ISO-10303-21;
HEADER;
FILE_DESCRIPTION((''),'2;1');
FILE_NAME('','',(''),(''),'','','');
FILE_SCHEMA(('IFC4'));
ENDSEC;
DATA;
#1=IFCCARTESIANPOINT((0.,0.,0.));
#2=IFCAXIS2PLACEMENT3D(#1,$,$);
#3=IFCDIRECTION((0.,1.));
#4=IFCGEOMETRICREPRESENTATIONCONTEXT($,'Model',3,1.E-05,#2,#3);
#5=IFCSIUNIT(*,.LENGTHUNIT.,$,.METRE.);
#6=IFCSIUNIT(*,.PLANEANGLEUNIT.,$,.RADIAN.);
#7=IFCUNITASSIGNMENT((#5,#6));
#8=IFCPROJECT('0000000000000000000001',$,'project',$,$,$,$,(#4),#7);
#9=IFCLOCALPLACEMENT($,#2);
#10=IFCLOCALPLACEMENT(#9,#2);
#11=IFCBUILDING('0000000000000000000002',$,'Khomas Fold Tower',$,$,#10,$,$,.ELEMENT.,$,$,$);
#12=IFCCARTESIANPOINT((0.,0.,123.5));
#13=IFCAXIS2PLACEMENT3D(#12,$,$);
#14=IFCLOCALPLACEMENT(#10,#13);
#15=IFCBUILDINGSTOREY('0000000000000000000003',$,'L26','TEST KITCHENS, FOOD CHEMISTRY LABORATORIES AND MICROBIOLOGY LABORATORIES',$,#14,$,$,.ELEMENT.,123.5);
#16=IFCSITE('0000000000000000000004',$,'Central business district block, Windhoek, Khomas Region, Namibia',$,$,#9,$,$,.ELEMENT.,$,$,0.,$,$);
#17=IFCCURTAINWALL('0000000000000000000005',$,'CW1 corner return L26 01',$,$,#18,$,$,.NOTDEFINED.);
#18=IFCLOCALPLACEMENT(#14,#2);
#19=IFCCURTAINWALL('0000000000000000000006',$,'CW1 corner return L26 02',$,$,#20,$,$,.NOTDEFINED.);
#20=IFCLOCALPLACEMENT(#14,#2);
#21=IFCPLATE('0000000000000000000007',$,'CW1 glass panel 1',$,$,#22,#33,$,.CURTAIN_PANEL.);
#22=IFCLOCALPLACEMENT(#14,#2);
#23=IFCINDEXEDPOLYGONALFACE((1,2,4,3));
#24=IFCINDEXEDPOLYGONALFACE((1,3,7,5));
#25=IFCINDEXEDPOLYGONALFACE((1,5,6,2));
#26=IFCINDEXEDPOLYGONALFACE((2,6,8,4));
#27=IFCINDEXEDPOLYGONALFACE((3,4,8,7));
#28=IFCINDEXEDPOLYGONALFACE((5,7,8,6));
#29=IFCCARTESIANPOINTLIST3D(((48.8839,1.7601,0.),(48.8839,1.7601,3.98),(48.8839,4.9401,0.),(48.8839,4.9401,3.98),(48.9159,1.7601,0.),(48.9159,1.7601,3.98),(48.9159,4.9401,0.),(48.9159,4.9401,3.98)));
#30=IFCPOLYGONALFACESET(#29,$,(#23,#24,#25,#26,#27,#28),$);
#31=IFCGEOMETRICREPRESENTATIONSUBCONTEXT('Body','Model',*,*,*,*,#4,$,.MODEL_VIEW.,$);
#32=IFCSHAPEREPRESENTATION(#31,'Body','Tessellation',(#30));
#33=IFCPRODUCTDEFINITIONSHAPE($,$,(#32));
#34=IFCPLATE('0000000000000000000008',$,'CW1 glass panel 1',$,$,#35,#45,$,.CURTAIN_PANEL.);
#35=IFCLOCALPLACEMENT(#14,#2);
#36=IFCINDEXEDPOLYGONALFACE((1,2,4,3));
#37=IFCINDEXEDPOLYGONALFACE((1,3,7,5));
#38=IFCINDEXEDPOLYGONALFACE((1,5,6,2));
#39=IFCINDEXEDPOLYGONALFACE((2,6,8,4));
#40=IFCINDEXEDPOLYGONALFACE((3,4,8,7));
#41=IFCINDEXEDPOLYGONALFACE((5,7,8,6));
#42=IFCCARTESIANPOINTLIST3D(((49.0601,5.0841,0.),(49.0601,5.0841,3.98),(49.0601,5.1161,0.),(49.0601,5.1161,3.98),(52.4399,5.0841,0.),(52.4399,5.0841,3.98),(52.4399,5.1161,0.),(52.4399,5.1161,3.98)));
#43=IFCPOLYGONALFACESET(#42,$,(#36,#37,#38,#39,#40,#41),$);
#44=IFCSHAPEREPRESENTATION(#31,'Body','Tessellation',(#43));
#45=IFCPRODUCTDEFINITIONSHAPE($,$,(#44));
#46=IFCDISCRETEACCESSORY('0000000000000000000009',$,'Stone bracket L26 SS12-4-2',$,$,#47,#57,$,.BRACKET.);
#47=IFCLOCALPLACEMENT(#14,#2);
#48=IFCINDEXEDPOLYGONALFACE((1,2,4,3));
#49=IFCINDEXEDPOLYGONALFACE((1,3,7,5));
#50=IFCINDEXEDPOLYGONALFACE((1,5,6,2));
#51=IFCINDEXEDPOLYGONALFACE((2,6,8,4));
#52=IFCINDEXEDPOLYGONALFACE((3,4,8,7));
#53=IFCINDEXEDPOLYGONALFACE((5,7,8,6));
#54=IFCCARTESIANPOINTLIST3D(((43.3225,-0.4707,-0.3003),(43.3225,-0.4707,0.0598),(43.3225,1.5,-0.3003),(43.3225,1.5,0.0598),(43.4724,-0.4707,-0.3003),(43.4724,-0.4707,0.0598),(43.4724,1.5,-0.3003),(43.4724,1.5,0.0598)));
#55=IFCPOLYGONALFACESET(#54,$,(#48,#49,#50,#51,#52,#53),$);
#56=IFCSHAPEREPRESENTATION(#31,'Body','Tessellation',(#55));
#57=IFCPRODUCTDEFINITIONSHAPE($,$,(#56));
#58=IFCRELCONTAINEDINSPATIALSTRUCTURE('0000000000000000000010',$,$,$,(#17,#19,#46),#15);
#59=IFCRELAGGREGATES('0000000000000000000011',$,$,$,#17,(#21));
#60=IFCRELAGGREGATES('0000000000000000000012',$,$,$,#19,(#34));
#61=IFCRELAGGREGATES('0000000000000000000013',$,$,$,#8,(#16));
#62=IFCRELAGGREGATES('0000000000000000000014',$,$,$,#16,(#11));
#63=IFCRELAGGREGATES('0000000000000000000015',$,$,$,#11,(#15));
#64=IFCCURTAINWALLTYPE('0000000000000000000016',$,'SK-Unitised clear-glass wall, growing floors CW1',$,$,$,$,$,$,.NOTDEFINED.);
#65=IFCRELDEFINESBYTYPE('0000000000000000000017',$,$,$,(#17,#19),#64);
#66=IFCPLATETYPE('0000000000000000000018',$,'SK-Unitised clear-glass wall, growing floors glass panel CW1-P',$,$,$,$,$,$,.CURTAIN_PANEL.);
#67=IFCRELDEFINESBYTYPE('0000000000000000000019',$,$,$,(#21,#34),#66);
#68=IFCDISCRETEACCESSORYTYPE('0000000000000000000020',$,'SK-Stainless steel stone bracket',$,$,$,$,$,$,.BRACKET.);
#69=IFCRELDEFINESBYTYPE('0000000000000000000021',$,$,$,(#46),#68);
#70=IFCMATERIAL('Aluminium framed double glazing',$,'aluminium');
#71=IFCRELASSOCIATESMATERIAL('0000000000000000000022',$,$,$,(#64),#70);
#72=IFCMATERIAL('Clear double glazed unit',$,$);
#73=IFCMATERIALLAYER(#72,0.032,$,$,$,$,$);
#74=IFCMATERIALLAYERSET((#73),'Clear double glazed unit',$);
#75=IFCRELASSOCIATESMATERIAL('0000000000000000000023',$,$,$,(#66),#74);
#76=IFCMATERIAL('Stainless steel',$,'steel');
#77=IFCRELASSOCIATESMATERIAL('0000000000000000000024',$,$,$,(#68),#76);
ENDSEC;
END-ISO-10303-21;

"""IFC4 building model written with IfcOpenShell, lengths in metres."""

from ifc_helpers import new_model, si_unit, direction, frame, origin, origin_2d, place, context, subcontext, project, spatial, rectangle, extrude, source, transform, mapped, material, layer, layer_set, type_object, element, aggregate, save


model = new_model("IFC4")

# Units and contexts
model_context = context("Model", 3, precision=1e-05, world=origin(), true_north=direction((0.0, 1.0)))
body_context = subcontext(model_context, "Body", "Model", "MODEL_VIEW")
ifc_project = project(units=[si_unit("LENGTHUNIT", "METRE"), si_unit("PLANEANGLEUNIT", "RADIAN")], contexts=[model_context])

# Site, building, storey
site_placement = place(None, origin())
site = spatial("IfcSite", under=ifc_project, at=site_placement, Name="Central business district block, Windhoek, Khomas Region, Namibia", CompositionType="ELEMENT", RefElevation=0.0)
building_placement = place(site_placement, origin())
building = spatial("IfcBuilding", under=site, at=building_placement, Name="Khomas Fold Tower", CompositionType="ELEMENT")
storey_placement = place(building_placement, frame((0.0, 0.0, 123.5)))
storey = spatial("IfcBuildingStorey", under=building, at=storey_placement, Name="L26", Description="TEST KITCHENS, FOOD CHEMISTRY LABORATORIES AND MICROBIOLOGY LABORATORIES", CompositionType="ELEMENT", Elevation=123.5)

# Curtain walls
ifc_material_1 = material(Name="Aluminium framed double glazing", Category="aluminium")
curtain_wall_type = type_object("IfcCurtainWallType", Name="SK-Unitised clear-glass wall, growing floors CW1", PredefinedType="NOTDEFINED", material=ifc_material_1)
curtain_wall_1_placement = place(storey_placement, origin())
curtain_wall_1 = element("IfcCurtainWall", 1, at=curtain_wall_1_placement, inside=storey, type_object=curtain_wall_type, Name="CW1 corner return L26 01", PredefinedType="NOTDEFINED")
curtain_wall_2_placement = place(storey_placement, origin())
curtain_wall_2 = element("IfcCurtainWall", 2, at=curtain_wall_2_placement, inside=storey, type_object=curtain_wall_type, Name="CW1 corner return L26 02", PredefinedType="NOTDEFINED")

# Plates
ifc_material_2 = material(Name="Clear double glazed unit")
ifc_layer = layer(ifc_material_2, 0.032)
ifc_layer_set = layer_set([ifc_layer], Name="Clear double glazed unit")
plate_type = type_object("IfcPlateType", Name="SK-Unitised clear-glass wall, growing floors glass panel CW1-P", PredefinedType="CURTAIN_PANEL", material=ifc_layer_set)
shared_shape_1 = source(origin(), body_context, "Body", "SweptSolid", [
    extrude(rectangle(XDim=3.1799, YDim=0.032, at=origin_2d()), origin(), (0.0, 0.0, 1.0), 3.98),
])
plate_1_placement = place(storey_placement, frame((48.8999, 3.3501, 0.0), z_axis=(0.0, 0.0, 1.0), x_axis=(0.0, 1.0, 0.0)))
plate_1 = element("IfcPlate", 3, at=plate_1_placement, type_object=plate_type, Name="CW1 glass panel 1", PredefinedType="CURTAIN_PANEL", context=body_context, shape_type="MappedRepresentation", body=[
    mapped(shared_shape_1, transform((0.0, 0.0, 0.0))),
])
aggregate(curtain_wall_1, [plate_1])
shared_shape_2 = source(origin(), body_context, "Body", "SweptSolid", [
    extrude(rectangle(XDim=3.3799, YDim=0.032, at=origin_2d()), origin(), (0.0, 0.0, 1.0), 3.98),
])
plate_2_placement = place(storey_placement, frame((50.75, 5.1001, 0.0), z_axis=(0.0, 0.0, 1.0), x_axis=(1.0, 0.0, 0.0)))
plate_2 = element("IfcPlate", 4, at=plate_2_placement, type_object=plate_type, Name="CW1 glass panel 1", PredefinedType="CURTAIN_PANEL", context=body_context, shape_type="MappedRepresentation", body=[
    mapped(shared_shape_2, transform((0.0, 0.0, 0.0))),
])
aggregate(curtain_wall_2, [plate_2])

# Discrete accessory
ifc_material_3 = material(Name="Stainless steel", Category="steel")
discrete_accessory_type = type_object("IfcDiscreteAccessoryType", Name="SK-Stainless steel stone bracket", PredefinedType="BRACKET", material=ifc_material_3)
shared_shape_3 = source(origin(), body_context, "Body", "SweptSolid", [
    extrude(rectangle(XDim=1.9707, YDim=0.1499, at=origin_2d()), origin(), (0.0, 0.0, 1.0), 0.3601),
])
discrete_accessory_placement = place(storey_placement, frame((43.3975, 0.5146, -0.3003), z_axis=(0.0, 0.0, 1.0), x_axis=(0.0, -1.0, 0.0)))
element("IfcDiscreteAccessory", 5, at=discrete_accessory_placement, inside=storey, type_object=discrete_accessory_type, Name="Stone bracket L26 SS12-4-2", PredefinedType="BRACKET", context=body_context, shape_type="MappedRepresentation", body=[
    mapped(shared_shape_3, transform((0.0, 0.0, 0.0))),
])

save(model, "model.ifc")
